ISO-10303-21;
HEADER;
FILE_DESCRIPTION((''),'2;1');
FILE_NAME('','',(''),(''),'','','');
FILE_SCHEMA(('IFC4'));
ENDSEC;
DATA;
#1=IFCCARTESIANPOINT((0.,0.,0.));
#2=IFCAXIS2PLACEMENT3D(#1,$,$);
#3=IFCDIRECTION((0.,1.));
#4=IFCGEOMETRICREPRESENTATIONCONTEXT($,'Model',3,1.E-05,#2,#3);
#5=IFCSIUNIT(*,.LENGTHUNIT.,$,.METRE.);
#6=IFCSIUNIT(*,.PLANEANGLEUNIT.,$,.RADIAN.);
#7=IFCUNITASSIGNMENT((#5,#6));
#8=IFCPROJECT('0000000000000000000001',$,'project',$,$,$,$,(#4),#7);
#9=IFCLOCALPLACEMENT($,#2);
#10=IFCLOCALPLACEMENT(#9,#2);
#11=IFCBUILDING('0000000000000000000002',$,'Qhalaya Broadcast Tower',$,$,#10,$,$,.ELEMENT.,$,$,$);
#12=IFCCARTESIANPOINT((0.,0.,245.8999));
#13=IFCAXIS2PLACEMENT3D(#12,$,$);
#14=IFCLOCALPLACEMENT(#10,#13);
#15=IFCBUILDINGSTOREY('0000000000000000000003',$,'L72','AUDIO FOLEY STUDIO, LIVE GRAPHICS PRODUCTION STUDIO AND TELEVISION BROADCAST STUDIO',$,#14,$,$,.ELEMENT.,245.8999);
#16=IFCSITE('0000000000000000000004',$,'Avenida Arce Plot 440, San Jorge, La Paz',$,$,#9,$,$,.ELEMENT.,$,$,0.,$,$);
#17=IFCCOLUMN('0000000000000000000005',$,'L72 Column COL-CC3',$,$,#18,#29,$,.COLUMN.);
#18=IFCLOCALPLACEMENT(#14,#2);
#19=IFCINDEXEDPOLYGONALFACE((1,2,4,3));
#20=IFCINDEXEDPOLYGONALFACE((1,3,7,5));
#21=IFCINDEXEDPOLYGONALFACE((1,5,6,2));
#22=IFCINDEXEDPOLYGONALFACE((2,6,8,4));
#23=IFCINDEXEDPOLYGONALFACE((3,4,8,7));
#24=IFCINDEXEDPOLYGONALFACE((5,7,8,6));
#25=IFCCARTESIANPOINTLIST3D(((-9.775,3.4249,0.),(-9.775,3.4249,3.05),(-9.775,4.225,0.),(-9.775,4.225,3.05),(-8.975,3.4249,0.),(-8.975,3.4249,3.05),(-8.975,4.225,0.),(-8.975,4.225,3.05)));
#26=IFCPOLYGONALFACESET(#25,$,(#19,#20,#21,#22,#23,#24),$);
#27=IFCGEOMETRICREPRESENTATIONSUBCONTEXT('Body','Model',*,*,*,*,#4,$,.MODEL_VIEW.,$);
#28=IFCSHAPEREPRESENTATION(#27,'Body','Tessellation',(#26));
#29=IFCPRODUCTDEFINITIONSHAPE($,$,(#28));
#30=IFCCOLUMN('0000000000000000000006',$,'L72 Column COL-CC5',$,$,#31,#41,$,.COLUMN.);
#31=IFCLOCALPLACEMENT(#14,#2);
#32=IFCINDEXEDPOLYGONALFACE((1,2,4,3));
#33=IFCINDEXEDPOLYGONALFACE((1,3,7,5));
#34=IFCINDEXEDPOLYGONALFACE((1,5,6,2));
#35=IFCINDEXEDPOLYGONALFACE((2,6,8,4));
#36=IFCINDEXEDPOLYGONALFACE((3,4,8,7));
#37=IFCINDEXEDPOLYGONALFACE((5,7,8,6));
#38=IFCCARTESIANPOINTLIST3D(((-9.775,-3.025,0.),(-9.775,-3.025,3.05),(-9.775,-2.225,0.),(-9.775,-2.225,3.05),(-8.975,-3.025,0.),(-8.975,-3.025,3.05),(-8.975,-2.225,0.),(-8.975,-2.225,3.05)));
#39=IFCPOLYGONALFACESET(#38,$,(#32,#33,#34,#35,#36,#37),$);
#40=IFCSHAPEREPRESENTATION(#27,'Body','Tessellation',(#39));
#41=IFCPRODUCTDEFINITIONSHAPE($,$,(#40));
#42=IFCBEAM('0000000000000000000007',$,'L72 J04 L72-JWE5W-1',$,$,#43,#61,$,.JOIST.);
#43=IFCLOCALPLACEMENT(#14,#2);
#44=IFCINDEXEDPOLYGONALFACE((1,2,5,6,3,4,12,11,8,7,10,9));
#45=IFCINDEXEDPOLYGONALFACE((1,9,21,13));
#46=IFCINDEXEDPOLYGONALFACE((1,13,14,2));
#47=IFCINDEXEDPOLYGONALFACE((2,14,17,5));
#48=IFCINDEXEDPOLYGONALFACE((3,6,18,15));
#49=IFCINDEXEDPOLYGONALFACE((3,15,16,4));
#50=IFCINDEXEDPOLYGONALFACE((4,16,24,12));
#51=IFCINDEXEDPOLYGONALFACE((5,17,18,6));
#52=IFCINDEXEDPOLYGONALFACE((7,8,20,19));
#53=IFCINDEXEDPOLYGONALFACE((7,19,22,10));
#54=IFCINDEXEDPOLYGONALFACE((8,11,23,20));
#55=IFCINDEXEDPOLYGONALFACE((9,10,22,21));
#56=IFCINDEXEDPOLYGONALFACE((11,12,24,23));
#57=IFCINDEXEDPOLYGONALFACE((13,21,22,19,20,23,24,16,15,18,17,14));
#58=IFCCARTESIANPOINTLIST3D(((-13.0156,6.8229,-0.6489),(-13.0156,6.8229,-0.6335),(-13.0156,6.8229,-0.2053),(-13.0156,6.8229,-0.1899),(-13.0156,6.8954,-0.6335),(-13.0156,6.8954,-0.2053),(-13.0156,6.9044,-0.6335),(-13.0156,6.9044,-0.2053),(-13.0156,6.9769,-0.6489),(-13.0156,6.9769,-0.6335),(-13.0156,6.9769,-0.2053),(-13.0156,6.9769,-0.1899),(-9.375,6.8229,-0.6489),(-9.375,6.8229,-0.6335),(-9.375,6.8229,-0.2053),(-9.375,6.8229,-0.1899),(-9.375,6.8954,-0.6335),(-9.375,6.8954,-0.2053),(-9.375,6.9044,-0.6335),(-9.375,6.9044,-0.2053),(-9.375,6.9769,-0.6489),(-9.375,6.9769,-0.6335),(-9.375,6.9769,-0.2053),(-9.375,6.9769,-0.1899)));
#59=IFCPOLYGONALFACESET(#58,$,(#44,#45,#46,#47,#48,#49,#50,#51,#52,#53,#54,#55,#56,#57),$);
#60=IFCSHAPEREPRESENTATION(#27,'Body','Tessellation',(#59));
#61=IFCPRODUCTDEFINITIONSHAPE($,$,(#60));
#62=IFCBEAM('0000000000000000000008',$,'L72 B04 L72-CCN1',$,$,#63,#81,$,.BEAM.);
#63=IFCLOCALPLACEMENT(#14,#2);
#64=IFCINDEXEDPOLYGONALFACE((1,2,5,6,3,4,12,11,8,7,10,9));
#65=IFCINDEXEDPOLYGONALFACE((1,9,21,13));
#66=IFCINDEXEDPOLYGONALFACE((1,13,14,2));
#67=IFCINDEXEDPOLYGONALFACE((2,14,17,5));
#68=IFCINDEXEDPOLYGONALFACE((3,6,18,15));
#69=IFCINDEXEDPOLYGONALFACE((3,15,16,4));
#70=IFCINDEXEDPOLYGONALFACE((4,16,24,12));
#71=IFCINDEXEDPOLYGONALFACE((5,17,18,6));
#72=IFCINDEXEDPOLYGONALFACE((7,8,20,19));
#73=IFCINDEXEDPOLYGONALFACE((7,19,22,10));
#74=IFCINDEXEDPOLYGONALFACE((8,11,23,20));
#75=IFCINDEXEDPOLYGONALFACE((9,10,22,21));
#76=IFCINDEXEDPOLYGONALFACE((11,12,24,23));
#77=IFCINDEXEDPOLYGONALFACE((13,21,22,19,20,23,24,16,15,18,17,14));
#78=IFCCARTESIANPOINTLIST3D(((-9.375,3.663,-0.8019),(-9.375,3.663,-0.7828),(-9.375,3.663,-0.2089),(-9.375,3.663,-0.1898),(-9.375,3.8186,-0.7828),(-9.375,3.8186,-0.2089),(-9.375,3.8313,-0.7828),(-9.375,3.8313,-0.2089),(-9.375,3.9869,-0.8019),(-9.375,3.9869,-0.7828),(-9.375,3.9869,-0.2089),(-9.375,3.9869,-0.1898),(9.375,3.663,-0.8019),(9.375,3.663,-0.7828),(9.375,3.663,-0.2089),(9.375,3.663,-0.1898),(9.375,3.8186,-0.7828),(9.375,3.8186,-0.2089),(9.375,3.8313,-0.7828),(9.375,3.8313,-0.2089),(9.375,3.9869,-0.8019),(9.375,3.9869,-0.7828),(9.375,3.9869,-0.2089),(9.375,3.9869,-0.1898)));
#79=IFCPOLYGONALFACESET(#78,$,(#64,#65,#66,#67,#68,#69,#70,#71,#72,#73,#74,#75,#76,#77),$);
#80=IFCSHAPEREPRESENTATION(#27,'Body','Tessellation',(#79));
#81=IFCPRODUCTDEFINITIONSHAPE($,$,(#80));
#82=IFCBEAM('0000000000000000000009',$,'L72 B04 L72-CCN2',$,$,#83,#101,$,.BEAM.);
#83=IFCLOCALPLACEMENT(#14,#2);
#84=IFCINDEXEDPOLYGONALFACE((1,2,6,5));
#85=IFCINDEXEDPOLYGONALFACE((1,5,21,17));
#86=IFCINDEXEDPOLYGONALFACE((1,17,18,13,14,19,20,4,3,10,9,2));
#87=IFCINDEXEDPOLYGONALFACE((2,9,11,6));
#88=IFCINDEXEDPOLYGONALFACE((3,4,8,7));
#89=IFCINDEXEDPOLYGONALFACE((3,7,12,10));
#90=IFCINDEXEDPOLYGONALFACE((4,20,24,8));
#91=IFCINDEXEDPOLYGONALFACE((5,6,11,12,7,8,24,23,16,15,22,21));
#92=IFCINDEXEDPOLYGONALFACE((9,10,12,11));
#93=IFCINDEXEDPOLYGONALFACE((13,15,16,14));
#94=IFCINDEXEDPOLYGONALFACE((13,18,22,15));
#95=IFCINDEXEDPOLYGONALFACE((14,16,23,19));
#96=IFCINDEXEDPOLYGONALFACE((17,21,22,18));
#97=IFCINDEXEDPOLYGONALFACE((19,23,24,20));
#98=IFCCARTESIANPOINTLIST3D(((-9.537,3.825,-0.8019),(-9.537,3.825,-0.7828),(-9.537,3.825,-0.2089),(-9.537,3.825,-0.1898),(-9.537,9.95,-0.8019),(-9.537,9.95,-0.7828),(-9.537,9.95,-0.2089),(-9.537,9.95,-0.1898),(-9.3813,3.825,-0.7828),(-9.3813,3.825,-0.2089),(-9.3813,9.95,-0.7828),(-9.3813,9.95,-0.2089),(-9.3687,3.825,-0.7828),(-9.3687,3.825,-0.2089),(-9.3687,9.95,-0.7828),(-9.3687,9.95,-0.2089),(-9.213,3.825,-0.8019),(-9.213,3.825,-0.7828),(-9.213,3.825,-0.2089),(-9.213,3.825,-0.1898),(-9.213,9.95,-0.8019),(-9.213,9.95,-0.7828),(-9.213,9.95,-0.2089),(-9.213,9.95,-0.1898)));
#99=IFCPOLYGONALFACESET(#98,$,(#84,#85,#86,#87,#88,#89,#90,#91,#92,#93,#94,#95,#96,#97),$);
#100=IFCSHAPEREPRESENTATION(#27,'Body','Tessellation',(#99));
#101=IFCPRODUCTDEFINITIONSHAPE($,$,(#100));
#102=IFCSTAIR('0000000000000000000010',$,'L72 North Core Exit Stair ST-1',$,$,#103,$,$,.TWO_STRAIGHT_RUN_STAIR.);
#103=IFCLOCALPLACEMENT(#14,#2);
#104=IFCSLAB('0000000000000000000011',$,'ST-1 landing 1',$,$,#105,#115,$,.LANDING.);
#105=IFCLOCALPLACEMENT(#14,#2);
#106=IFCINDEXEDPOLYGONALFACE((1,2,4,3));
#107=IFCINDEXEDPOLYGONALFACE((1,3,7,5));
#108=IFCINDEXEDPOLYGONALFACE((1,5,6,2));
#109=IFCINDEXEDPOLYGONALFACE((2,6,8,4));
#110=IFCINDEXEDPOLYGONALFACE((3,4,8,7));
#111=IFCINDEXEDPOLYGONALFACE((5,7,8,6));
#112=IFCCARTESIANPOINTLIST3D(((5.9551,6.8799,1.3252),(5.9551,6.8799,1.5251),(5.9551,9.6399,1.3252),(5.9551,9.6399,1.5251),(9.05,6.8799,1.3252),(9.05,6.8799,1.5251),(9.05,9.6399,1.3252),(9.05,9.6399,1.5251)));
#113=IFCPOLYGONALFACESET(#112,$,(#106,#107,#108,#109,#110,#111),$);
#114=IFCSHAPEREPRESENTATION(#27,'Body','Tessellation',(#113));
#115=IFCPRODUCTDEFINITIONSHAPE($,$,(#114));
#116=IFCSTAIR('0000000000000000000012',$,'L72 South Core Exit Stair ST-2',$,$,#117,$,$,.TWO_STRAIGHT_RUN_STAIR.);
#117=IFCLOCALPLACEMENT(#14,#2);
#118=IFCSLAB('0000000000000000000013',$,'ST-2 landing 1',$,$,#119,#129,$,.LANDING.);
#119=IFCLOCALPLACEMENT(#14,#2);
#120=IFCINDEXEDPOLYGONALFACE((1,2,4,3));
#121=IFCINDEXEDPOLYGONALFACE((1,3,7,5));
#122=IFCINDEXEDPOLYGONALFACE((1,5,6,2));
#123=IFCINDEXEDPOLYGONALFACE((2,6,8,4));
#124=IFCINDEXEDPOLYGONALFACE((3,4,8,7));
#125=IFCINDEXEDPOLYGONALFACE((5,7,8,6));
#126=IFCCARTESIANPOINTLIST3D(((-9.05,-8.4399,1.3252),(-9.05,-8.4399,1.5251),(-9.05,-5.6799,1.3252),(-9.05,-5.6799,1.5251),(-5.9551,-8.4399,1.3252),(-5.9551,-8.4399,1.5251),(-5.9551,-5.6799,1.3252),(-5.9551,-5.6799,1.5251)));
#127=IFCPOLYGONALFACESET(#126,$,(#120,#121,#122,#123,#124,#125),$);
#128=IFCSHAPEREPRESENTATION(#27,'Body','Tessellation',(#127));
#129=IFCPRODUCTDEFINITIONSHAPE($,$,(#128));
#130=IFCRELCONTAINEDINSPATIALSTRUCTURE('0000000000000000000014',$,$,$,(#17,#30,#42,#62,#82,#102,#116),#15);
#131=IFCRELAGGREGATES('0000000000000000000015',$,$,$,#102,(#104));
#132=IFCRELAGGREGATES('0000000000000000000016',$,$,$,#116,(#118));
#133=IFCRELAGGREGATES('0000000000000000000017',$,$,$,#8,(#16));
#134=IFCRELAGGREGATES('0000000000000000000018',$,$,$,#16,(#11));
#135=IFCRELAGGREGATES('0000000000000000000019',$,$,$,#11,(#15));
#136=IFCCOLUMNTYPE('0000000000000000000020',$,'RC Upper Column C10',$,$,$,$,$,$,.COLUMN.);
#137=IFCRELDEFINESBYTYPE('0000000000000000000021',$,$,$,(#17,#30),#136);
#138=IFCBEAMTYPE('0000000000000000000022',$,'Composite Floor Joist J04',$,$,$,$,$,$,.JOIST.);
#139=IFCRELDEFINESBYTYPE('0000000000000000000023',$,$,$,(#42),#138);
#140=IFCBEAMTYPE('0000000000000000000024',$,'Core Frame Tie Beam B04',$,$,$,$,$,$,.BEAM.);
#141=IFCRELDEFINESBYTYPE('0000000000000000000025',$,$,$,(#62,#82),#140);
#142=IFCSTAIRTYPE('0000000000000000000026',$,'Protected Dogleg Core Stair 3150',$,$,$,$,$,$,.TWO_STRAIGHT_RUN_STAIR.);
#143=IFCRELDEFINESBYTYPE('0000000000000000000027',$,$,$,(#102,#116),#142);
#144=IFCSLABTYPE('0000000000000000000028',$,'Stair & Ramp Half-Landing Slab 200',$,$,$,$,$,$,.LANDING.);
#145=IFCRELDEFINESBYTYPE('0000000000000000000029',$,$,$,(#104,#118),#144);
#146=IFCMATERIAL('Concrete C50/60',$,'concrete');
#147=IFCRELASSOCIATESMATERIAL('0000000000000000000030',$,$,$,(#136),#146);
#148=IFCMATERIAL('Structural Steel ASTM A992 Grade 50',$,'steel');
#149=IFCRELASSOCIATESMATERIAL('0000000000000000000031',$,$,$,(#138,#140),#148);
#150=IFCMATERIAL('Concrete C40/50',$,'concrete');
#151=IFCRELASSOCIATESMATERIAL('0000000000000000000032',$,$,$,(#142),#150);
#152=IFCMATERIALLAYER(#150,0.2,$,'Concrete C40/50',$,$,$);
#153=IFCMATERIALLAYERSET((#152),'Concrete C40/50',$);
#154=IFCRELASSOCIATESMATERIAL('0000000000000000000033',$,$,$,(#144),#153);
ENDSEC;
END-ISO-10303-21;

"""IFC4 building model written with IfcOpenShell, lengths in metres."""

from ifc_helpers import new_model, si_unit, direction, frame, origin, origin_2d, place, context, subcontext, project, spatial, polyline, rectangle, i_section, outline, extrude, material, layer, layer_set, material_profile, profile_set, type_object, element, aggregate, save


model = new_model("IFC4")

# Units and contexts
model_context = context("Model", 3, precision=1e-05, world=origin(), true_north=direction((0.0, 1.0)))
body_context = subcontext(model_context, "Body", "Model", "MODEL_VIEW")
ifc_project = project(units=[si_unit("LENGTHUNIT", "METRE"), si_unit("PLANEANGLEUNIT", "RADIAN")], contexts=[model_context])

# Site, building, storey
site_placement = place(None, origin())
site = spatial("IfcSite", under=ifc_project, at=site_placement, Name="Avenida Arce Plot 440, San Jorge, La Paz", CompositionType="ELEMENT", RefElevation=0.0)
building_placement = place(site_placement, origin())
building = spatial("IfcBuilding", under=site, at=building_placement, Name="Qhalaya Broadcast Tower", CompositionType="ELEMENT")
storey_placement = place(building_placement, frame((0.0, 0.0, 245.8999)))
storey = spatial("IfcBuildingStorey", under=building, at=storey_placement, Name="L72", Description="AUDIO FOLEY STUDIO, LIVE GRAPHICS PRODUCTION STUDIO AND TELEVISION BROADCAST STUDIO", CompositionType="ELEMENT", Elevation=245.8999)

# Columns
ifc_material_1 = material(Name="Concrete C50/60", Category="concrete")
ifc_material_profile_1 = material_profile(ifc_material_1, rectangle(XDim=0.8, YDim=0.8, at=origin_2d()), Name="RC-COL 800x800")
ifc_profile_set_1 = profile_set([ifc_material_profile_1], Name="Concrete C50/60")
column_type = type_object("IfcColumnType", Name="RC Upper Column C10", PredefinedType="COLUMN", material=ifc_profile_set_1)
for number, where, z_axis, x_axis, name in (
    (1, (-9.375, 3.825, 0.0), (0.0, 0.0, 1.0), (1.0, 0.0, 0.0), "L72 Column COL-CC3"),
    (2, (-9.375, -2.625, 0.0), (0.0, 0.0, 1.0), (1.0, 0.0, 0.0), "L72 Column COL-CC5"),
):
    element("IfcColumn", number, at=place(storey_placement, frame(where, z_axis=z_axis, x_axis=x_axis)), inside=storey, type_object=column_type, Name=name, PredefinedType="COLUMN", context=body_context, shape_type="SweptSolid", body=[
        extrude(rectangle(XDim=0.8, YDim=0.8, at=origin_2d()), origin(), (0.0, 0.0, 1.0), 3.05),
    ])

# Beams
ifc_material_2 = material(Name="Structural Steel ASTM A992 Grade 50", Category="steel")
ifc_material_profile_2 = material_profile(ifc_material_2, i_section(OverallWidth=0.1541, OverallDepth=0.459, WebThickness=0.009, FlangeThickness=0.0154, at=origin_2d()), Name="W18X46")
ifc_profile_set_2 = profile_set([ifc_material_profile_2], Name="Structural Steel ASTM A992 Grade 50")
beam_type_1 = type_object("IfcBeamType", Name="Composite Floor Joist J04", PredefinedType="JOIST", material=ifc_profile_set_2)
beam_1_placement = place(storey_placement, frame((-13.0156, 6.8999, -0.4194), z_axis=(1.0, 0.0, 0.0), x_axis=(0.0, 1.0, 0.0)))
element("IfcBeam", 3, at=beam_1_placement, inside=storey, type_object=beam_type_1, Name="L72 J04 L72-JWE5W-1", PredefinedType="JOIST", context=body_context, shape_type="SweptSolid", body=[
    extrude(i_section(OverallWidth=0.1541, OverallDepth=0.459, WebThickness=0.009, FlangeThickness=0.0154, at=origin_2d()), origin(), (0.0, 0.0, 1.0), 3.6406),
])
ifc_material_profile_3 = material_profile(ifc_material_2, i_section(OverallWidth=0.324, OverallDepth=0.6121, WebThickness=0.0127, FlangeThickness=0.019, at=origin_2d()), Name="W24X104")
ifc_profile_set_3 = profile_set([ifc_material_profile_3], Name="Structural Steel ASTM A992 Grade 50")
beam_type_2 = type_object("IfcBeamType", Name="Core Frame Tie Beam B04", PredefinedType="BEAM", material=ifc_profile_set_3)
beam_2_placement = place(storey_placement, frame((-9.375, 3.825, -0.4958), z_axis=(1.0, 0.0, 0.0), x_axis=(0.0, 1.0, 0.0)))
element("IfcBeam", 4, at=beam_2_placement, inside=storey, type_object=beam_type_2, Name="L72 B04 L72-CCN1", PredefinedType="BEAM", context=body_context, shape_type="SweptSolid", body=[
    extrude(i_section(OverallWidth=0.324, OverallDepth=0.6121, WebThickness=0.0127, FlangeThickness=0.019, at=origin_2d()), origin(), (0.0, 0.0, 1.0), 18.75),
])
beam_3_placement = place(storey_placement, frame((-9.375, 3.825, -0.4958), z_axis=(0.0, 1.0, 0.0), x_axis=(-1.0, 0.0, 0.0)))
element("IfcBeam", 5, at=beam_3_placement, inside=storey, type_object=beam_type_2, Name="L72 B04 L72-CCN2", PredefinedType="BEAM", context=body_context, shape_type="SweptSolid", body=[
    extrude(i_section(OverallWidth=0.324, OverallDepth=0.6121, WebThickness=0.0127, FlangeThickness=0.019, at=origin_2d()), origin(), (0.0, 0.0, 1.0), 6.125),
])

# Stairs, slabs
ifc_material_3 = material(Name="Concrete C40/50", Category="concrete")
stair_type = type_object("IfcStairType", Name="Protected Dogleg Core Stair 3150", PredefinedType="TWO_STRAIGHT_RUN_STAIR", material=ifc_material_3)
stair_1_placement = place(storey_placement, origin())
stair_1 = element("IfcStair", 6, at=stair_1_placement, inside=storey, type_object=stair_type, Name="L72 North Core Exit Stair ST-1", PredefinedType="TWO_STRAIGHT_RUN_STAIR")
ifc_layer_1 = layer(ifc_material_3, 0.2, Name="Concrete C40/50")
ifc_layer_set_1 = layer_set([ifc_layer_1], Name="Concrete C40/50")
slab_type_1 = type_object("IfcSlabType", Name="Stair & Ramp Half-Landing Slab 200", PredefinedType="LANDING", material=ifc_layer_set_1)
slab_1_placement = place(storey_placement, frame((0.0, 0.0, 1.3252)))
slab_1 = element("IfcSlab", 7, at=slab_1_placement, type_object=slab_type_1, Name="ST-1 landing 1", PredefinedType="LANDING", context=body_context, shape_type="SweptSolid", body=[
    extrude(outline(polyline([(5.9551, 6.8799), (9.05, 6.8799), (9.05, 9.6399), (5.9551, 9.6399), (5.9551, 6.8799)])), origin(), (0.0, 0.0, 1.0), 0.2),
])
aggregate(stair_1, [slab_1])
stair_2_placement = place(storey_placement, origin())
stair_2 = element("IfcStair", 8, at=stair_2_placement, inside=storey, type_object=stair_type, Name="L72 South Core Exit Stair ST-2", PredefinedType="TWO_STRAIGHT_RUN_STAIR")
slab_2_placement = place(storey_placement, frame((0.0, 0.0, 1.3252)))
slab_2 = element("IfcSlab", 9, at=slab_2_placement, type_object=slab_type_1, Name="ST-2 landing 1", PredefinedType="LANDING", context=body_context, shape_type="SweptSolid", body=[
    extrude(outline(polyline([(-5.9551, -5.6799), (-9.05, -5.6799), (-9.05, -8.4399), (-5.9551, -8.4399), (-5.9551, -5.6799)])), origin(), (0.0, 0.0, 1.0), 0.2),
])
aggregate(stair_2, [slab_2])

save(model, "model.ifc")
